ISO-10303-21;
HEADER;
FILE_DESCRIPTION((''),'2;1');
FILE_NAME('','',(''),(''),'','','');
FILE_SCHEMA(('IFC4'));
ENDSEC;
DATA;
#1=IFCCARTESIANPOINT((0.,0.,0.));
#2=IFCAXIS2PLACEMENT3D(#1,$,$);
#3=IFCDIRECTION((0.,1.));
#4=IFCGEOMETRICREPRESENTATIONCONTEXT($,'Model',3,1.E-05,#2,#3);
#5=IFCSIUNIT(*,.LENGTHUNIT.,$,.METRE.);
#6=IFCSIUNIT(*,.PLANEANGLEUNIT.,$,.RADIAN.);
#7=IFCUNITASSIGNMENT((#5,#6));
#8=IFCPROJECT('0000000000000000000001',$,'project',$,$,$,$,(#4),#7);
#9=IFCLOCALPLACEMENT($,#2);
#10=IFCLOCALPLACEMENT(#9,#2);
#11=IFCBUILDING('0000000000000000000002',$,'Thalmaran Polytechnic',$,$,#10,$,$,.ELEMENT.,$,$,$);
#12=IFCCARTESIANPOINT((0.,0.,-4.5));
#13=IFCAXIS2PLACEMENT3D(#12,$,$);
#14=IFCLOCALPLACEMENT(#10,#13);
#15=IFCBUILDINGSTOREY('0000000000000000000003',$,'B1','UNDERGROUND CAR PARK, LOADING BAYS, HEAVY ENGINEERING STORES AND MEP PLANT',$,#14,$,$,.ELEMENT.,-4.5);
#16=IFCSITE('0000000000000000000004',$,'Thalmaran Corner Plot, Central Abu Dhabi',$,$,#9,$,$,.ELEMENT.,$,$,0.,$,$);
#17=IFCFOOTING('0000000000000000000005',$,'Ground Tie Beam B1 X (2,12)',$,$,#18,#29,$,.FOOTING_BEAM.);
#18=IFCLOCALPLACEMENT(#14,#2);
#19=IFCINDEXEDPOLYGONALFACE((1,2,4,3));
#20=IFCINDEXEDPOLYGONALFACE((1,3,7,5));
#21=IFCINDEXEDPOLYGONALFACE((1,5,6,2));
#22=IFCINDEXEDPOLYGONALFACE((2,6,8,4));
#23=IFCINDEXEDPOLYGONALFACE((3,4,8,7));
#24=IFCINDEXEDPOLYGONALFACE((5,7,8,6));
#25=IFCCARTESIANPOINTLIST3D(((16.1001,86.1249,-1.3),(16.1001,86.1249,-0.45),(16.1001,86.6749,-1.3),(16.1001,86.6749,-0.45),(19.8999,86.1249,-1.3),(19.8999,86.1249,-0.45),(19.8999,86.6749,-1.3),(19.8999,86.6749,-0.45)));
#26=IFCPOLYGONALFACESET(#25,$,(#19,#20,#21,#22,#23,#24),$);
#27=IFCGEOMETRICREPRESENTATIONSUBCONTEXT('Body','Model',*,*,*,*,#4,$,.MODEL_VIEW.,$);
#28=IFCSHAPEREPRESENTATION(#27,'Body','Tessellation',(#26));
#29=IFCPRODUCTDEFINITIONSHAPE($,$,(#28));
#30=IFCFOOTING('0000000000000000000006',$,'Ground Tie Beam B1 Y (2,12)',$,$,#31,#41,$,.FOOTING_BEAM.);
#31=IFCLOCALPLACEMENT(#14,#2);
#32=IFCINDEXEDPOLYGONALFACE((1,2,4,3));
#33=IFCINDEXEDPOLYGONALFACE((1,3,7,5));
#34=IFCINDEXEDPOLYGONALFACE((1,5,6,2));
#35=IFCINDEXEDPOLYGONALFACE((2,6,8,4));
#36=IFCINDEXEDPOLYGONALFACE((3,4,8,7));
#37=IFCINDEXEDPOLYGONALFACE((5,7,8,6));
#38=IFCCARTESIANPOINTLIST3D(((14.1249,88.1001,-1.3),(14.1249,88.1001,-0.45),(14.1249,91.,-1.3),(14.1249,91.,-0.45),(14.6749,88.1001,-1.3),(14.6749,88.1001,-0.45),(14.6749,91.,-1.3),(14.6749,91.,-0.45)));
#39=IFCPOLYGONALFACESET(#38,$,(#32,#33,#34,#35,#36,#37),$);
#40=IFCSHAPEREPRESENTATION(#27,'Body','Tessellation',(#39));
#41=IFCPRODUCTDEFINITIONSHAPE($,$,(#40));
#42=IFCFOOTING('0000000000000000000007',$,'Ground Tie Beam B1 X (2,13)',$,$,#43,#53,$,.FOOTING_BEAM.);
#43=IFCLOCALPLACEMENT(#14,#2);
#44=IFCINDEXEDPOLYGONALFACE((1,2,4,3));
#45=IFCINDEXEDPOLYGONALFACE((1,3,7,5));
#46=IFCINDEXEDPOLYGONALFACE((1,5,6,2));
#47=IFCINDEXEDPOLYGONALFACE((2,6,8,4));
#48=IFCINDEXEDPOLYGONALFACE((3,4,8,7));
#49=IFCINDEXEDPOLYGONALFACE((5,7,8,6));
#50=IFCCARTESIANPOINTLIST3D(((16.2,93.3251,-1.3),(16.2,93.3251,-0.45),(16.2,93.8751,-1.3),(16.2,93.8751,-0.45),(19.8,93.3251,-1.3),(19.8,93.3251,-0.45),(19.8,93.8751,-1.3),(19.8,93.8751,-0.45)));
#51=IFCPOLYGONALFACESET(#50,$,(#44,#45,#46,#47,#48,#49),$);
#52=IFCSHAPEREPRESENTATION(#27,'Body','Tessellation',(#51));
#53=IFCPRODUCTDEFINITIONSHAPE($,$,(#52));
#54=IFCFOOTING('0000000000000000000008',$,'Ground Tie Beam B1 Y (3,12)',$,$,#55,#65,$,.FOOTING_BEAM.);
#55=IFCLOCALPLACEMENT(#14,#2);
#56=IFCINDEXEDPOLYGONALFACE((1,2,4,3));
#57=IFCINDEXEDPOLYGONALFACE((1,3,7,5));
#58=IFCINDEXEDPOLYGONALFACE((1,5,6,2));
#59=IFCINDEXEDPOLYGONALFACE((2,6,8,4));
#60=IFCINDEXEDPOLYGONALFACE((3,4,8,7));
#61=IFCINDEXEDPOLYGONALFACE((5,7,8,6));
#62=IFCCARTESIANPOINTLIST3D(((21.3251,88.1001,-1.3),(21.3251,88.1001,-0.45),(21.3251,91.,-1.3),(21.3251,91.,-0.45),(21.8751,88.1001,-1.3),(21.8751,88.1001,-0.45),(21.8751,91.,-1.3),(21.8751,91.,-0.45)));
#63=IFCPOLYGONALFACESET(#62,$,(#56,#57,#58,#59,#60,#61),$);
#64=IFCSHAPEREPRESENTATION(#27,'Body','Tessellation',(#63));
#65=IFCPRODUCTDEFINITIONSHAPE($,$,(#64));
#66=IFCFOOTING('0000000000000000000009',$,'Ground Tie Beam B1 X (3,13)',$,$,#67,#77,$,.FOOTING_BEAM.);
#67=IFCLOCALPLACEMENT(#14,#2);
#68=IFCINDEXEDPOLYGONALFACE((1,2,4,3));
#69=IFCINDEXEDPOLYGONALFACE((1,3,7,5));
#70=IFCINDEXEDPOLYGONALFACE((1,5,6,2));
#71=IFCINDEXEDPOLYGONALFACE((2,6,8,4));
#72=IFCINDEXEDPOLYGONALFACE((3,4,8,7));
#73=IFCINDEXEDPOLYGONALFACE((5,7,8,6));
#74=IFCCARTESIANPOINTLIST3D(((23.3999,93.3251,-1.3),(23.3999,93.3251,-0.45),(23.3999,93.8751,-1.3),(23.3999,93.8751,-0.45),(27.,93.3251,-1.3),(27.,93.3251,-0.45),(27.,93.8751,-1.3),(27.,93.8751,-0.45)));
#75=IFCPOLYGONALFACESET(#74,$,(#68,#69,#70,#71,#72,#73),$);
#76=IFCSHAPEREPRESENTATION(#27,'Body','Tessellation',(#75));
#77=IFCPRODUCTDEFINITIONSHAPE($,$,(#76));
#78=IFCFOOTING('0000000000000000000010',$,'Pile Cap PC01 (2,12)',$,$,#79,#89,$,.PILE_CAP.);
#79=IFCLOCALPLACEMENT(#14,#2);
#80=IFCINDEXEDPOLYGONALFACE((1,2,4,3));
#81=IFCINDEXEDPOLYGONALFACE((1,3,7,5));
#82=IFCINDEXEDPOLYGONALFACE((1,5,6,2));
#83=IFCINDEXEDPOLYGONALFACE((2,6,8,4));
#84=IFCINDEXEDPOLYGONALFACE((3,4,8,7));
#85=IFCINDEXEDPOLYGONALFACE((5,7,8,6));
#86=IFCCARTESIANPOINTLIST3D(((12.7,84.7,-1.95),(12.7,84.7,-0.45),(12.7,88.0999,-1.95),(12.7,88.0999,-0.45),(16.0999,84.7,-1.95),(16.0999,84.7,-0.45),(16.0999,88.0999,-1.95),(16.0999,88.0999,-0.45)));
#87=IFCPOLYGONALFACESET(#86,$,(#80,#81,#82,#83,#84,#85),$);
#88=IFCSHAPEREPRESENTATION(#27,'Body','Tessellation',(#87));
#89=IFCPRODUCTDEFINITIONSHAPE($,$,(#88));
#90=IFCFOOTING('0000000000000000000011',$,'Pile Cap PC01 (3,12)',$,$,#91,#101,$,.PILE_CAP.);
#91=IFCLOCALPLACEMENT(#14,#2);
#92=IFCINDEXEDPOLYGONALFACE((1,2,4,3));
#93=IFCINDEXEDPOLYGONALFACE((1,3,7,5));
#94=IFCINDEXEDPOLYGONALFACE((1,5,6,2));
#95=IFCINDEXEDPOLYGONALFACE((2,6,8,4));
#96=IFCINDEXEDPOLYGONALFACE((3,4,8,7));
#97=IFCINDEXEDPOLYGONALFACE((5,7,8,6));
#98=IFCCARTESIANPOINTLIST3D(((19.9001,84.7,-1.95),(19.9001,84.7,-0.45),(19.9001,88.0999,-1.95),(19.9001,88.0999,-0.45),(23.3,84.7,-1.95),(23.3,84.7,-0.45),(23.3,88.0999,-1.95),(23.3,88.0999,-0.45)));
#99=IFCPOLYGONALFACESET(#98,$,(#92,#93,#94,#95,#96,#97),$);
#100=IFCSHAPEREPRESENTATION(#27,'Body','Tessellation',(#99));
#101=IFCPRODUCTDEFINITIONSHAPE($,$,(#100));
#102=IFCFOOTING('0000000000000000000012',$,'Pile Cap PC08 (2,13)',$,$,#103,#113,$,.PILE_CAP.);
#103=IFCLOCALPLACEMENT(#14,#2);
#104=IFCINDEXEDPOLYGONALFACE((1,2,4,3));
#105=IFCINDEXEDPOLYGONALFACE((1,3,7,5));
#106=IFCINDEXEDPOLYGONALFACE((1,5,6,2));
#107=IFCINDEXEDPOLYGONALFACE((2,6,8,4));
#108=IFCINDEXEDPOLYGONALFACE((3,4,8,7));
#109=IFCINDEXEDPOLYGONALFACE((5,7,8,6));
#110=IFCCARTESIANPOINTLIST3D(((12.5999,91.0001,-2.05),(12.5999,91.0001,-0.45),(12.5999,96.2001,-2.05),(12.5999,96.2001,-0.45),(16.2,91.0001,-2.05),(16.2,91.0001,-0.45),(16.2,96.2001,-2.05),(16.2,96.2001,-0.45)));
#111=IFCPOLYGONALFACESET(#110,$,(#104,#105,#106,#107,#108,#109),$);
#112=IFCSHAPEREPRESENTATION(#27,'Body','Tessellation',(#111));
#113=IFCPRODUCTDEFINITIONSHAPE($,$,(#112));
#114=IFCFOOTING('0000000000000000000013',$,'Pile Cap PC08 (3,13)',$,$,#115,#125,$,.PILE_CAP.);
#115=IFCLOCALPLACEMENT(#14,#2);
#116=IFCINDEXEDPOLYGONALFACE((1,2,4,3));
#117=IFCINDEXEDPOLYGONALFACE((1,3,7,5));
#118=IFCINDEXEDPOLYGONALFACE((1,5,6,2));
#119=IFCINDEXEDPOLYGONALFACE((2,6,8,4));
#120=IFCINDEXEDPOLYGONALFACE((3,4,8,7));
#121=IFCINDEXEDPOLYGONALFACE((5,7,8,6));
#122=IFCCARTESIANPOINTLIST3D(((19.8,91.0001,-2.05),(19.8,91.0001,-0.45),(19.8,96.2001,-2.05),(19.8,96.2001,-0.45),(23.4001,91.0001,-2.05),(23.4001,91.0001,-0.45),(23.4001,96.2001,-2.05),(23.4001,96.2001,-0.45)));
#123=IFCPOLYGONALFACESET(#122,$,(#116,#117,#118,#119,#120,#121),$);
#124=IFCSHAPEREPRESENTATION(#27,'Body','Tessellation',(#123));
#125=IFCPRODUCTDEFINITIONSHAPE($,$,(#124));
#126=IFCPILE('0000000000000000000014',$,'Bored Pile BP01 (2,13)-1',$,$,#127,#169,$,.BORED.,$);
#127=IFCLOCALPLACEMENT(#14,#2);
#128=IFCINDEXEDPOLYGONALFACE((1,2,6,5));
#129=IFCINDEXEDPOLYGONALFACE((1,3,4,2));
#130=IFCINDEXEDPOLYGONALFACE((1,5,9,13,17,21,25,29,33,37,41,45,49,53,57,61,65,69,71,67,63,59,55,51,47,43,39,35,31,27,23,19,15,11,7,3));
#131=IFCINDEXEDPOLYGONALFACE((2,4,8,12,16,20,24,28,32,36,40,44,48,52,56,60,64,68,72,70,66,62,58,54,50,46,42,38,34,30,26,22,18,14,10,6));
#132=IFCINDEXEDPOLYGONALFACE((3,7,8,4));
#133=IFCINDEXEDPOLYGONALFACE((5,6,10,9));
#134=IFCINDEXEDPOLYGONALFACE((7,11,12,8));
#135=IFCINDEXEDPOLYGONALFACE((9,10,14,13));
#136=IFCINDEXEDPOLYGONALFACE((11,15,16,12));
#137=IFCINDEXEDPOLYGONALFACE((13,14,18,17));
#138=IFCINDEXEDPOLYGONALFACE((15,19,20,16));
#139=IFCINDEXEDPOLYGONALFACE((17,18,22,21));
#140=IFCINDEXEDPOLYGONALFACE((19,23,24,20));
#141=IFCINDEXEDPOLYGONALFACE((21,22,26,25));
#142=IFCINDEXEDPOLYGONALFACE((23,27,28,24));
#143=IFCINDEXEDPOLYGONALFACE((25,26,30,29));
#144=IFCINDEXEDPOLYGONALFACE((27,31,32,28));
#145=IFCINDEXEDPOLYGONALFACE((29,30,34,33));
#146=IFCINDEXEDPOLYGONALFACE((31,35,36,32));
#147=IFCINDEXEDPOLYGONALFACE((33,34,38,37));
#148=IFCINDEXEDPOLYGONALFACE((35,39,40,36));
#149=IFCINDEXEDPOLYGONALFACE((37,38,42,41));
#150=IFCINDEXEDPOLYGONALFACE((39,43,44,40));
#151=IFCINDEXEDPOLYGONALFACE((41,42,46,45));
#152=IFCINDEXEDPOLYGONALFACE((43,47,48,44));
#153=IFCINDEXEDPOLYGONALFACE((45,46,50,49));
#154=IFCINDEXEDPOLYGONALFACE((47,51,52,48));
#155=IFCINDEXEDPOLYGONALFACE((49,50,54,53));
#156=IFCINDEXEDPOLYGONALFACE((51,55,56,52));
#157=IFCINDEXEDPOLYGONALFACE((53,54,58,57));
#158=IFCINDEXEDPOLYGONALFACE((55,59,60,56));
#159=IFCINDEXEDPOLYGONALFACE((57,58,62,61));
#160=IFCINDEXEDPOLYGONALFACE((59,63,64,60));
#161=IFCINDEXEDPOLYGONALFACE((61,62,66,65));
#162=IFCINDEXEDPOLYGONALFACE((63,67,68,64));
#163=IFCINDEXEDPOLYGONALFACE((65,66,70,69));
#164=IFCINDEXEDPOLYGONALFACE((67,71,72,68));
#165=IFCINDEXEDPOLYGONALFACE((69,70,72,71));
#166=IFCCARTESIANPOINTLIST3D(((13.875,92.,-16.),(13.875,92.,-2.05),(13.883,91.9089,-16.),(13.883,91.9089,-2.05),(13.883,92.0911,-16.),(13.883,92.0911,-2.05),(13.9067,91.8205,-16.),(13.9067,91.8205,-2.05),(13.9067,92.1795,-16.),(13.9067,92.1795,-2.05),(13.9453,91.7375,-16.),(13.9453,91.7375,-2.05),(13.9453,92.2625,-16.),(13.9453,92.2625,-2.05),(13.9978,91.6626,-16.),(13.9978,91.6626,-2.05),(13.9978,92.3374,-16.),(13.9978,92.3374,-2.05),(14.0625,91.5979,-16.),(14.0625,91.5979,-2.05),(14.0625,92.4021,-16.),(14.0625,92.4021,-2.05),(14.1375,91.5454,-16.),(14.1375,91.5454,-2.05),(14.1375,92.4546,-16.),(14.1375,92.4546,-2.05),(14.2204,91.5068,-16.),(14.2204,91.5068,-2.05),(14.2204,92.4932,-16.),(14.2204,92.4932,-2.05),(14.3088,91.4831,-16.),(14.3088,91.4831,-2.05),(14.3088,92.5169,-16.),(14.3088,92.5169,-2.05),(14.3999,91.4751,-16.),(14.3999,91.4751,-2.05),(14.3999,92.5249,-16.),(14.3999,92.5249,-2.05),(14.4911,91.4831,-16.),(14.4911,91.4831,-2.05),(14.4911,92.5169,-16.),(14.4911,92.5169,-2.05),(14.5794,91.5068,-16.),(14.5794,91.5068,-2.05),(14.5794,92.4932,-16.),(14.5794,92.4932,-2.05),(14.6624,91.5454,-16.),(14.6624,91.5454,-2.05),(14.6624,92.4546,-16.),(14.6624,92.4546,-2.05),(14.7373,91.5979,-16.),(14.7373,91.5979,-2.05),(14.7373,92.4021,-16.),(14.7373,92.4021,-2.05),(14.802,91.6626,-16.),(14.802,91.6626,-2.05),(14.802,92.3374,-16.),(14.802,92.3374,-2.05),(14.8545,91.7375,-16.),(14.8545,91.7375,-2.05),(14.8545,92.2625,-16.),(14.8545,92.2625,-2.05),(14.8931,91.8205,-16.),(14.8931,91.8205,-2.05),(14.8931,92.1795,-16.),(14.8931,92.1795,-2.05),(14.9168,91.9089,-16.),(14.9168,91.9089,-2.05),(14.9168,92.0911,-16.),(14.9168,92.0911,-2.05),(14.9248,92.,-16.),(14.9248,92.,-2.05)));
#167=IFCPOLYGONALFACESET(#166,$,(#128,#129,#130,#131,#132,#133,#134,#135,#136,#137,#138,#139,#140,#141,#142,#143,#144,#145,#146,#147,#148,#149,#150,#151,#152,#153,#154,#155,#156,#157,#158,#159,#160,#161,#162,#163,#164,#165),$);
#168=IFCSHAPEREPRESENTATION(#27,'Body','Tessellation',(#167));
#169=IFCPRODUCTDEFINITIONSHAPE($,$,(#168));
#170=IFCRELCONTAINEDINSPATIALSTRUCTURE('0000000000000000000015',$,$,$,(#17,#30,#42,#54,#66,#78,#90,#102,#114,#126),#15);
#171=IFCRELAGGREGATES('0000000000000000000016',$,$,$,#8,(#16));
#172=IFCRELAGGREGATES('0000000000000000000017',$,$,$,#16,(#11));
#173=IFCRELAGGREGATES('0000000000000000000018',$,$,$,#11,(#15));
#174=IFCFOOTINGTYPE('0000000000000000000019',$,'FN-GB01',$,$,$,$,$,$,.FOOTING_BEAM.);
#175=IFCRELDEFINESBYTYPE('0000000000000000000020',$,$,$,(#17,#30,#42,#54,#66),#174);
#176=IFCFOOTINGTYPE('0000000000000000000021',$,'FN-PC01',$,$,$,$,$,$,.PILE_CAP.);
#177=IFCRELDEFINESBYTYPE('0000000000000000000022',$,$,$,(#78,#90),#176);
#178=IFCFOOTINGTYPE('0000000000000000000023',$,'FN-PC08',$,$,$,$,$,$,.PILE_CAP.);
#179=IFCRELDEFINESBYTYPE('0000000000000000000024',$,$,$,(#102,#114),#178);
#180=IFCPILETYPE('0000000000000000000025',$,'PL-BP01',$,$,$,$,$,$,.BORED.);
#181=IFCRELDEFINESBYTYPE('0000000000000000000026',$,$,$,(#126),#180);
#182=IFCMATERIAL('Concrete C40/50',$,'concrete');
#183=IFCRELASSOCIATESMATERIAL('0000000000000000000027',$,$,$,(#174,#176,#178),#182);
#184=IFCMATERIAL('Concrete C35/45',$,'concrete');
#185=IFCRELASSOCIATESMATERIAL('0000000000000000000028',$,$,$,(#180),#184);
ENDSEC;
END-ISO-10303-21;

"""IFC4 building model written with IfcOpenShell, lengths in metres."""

from ifc_helpers import new_model, si_unit, direction, frame, origin, origin_2d, place, context, subcontext, project, spatial, rectangle, circle, extrude, material, material_profile, profile_set, type_object, element, save


model = new_model("IFC4")

# Units and contexts
model_context = context("Model", 3, precision=1e-05, world=origin(), true_north=direction((0.0, 1.0)))
body_context = subcontext(model_context, "Body", "Model", "MODEL_VIEW")
ifc_project = project(units=[si_unit("LENGTHUNIT", "METRE"), si_unit("PLANEANGLEUNIT", "RADIAN")], contexts=[model_context])

# Site, building, storey
site_placement = place(None, origin())
site = spatial("IfcSite", under=ifc_project, at=site_placement, Name="Thalmaran Corner Plot, Central Abu Dhabi", CompositionType="ELEMENT", RefElevation=0.0)
building_placement = place(site_placement, origin())
building = spatial("IfcBuilding", under=site, at=building_placement, Name="Thalmaran Polytechnic", CompositionType="ELEMENT")
storey_placement = place(building_placement, frame((0.0, 0.0, -4.5)))
storey = spatial("IfcBuildingStorey", under=building, at=storey_placement, Name="B1", Description="UNDERGROUND CAR PARK, LOADING BAYS, HEAVY ENGINEERING STORES AND MEP PLANT", CompositionType="ELEMENT", Elevation=-4.5)

# Footings
ifc_material_1 = material(Name="Concrete C40/50", Category="concrete")
ifc_material_profile_1 = material_profile(ifc_material_1, rectangle(XDim=0.55, YDim=0.8501, at=origin_2d()), Name="RC 550x850")
ifc_profile_set_1 = profile_set([ifc_material_profile_1], Name="Concrete C40/50")
footing_type_1 = type_object("IfcFootingType", Name="FN-GB01", PredefinedType="FOOTING_BEAM", material=ifc_profile_set_1)
footing_1_placement = place(storey_placement, frame((16.1001, 86.3999, -0.875), z_axis=(1.0, 0.0, 0.0), x_axis=(0.0, 1.0, 0.0)))
element("IfcFooting", 1, at=footing_1_placement, inside=storey, type_object=footing_type_1, Name="Ground Tie Beam B1 X (2,12)", PredefinedType="FOOTING_BEAM", context=body_context, shape_type="SweptSolid", body=[
    extrude(rectangle(XDim=0.55, YDim=0.8501, at=origin_2d()), origin(), (0.0, 0.0, 1.0), 3.7998),
])
footing_2_placement = place(storey_placement, frame((14.3999, 88.1001, -0.875), z_axis=(0.0, 1.0, 0.0), x_axis=(-1.0, 0.0, 0.0)))
element("IfcFooting", 2, at=footing_2_placement, inside=storey, type_object=footing_type_1, Name="Ground Tie Beam B1 Y (2,12)", PredefinedType="FOOTING_BEAM", context=body_context, shape_type="SweptSolid", body=[
    extrude(rectangle(XDim=0.55, YDim=0.8501, at=origin_2d()), origin(), (0.0, 0.0, 1.0), 2.8999),
])
footing_3_placement = place(storey_placement, frame((16.2, 93.6001, -0.875), z_axis=(1.0, 0.0, 0.0), x_axis=(0.0, 1.0, 0.0)))
element("IfcFooting", 3, at=footing_3_placement, inside=storey, type_object=footing_type_1, Name="Ground Tie Beam B1 X (2,13)", PredefinedType="FOOTING_BEAM", context=body_context, shape_type="SweptSolid", body=[
    extrude(rectangle(XDim=0.55, YDim=0.8501, at=origin_2d()), origin(), (0.0, 0.0, 1.0), 3.6001),
])
footing_4_placement = place(storey_placement, frame((21.6001, 88.1001, -0.875), z_axis=(0.0, 1.0, 0.0), x_axis=(-1.0, 0.0, 0.0)))
element("IfcFooting", 4, at=footing_4_placement, inside=storey, type_object=footing_type_1, Name="Ground Tie Beam B1 Y (3,12)", PredefinedType="FOOTING_BEAM", context=body_context, shape_type="SweptSolid", body=[
    extrude(rectangle(XDim=0.55, YDim=0.8501, at=origin_2d()), origin(), (0.0, 0.0, 1.0), 2.8999),
])
footing_5_placement = place(storey_placement, frame((23.3999, 93.6001, -0.875), z_axis=(1.0, 0.0, 0.0), x_axis=(0.0, 1.0, 0.0)))
element("IfcFooting", 5, at=footing_5_placement, inside=storey, type_object=footing_type_1, Name="Ground Tie Beam B1 X (3,13)", PredefinedType="FOOTING_BEAM", context=body_context, shape_type="SweptSolid", body=[
    extrude(rectangle(XDim=0.55, YDim=0.8501, at=origin_2d()), origin(), (0.0, 0.0, 1.0), 3.6001),
])
footing_type_2 = type_object("IfcFootingType", Name="FN-PC01", PredefinedType="PILE_CAP", material=ifc_material_1)
for number, where, z_axis, x_axis, name in (
    (6, (14.3999, 86.3999, -1.95), (0.0, 0.0, 1.0), (1.0, 0.0, 0.0), "Pile Cap PC01 (2,12)"),
    (7, (21.6001, 86.3999, -1.95), (0.0, 0.0, 1.0), (1.0, 0.0, 0.0), "Pile Cap PC01 (3,12)"),
):
    element("IfcFooting", number, at=place(storey_placement, frame(where, z_axis=z_axis, x_axis=x_axis)), inside=storey, type_object=footing_type_2, Name=name, PredefinedType="PILE_CAP", context=body_context, shape_type="SweptSolid", body=[
        extrude(rectangle(XDim=3.3999, YDim=3.3999, at=origin_2d()), origin(), (0.0, 0.0, 1.0), 1.5),
    ])
footing_type_3 = type_object("IfcFootingType", Name="FN-PC08", PredefinedType="PILE_CAP", material=ifc_material_1)
for number, where, z_axis, x_axis, name in (
    (8, (14.3999, 93.6001, -2.05), (0.0, 0.0, 1.0), (1.0, 0.0, 0.0), "Pile Cap PC08 (2,13)"),
    (9, (21.6001, 93.6001, -2.05), (0.0, 0.0, 1.0), (1.0, 0.0, 0.0), "Pile Cap PC08 (3,13)"),
):
    element("IfcFooting", number, at=place(storey_placement, frame(where, z_axis=z_axis, x_axis=x_axis)), inside=storey, type_object=footing_type_3, Name=name, PredefinedType="PILE_CAP", context=body_context, shape_type="SweptSolid", body=[
        extrude(rectangle(XDim=3.6001, YDim=5.2, at=origin_2d()), origin(), (0.0, 0.0, 1.0), 1.6001),
    ])

# Pile
ifc_material_2 = material(Name="Concrete C35/45", Category="concrete")
ifc_material_profile_2 = material_profile(ifc_material_2, circle(Radius=0.5249, at=origin_2d()), Name="RC 1050 DIA")
ifc_profile_set_2 = profile_set([ifc_material_profile_2], Name="Concrete C35/45")
pile_type_1 = type_object("IfcPileType", Name="PL-BP01", PredefinedType="BORED", material=ifc_profile_set_2)
for number, where, z_axis, x_axis, name in (
    (10, (14.3999, 92.0, -2.05), (0.0, 0.0, -1.0), (1.0, 0.0, 0.0), "Bored Pile BP01 (2,13)-1"),
):
    element("IfcPile", number, at=place(storey_placement, frame(where, z_axis=z_axis, x_axis=x_axis)), inside=storey, type_object=pile_type_1, Name=name, PredefinedType="BORED", context=body_context, shape_type="SweptSolid", body=[
        extrude(circle(Radius=0.5249, at=origin_2d()), origin(), (0.0, 0.0, 1.0), 13.95),
    ])

save(model, "model.ifc")
